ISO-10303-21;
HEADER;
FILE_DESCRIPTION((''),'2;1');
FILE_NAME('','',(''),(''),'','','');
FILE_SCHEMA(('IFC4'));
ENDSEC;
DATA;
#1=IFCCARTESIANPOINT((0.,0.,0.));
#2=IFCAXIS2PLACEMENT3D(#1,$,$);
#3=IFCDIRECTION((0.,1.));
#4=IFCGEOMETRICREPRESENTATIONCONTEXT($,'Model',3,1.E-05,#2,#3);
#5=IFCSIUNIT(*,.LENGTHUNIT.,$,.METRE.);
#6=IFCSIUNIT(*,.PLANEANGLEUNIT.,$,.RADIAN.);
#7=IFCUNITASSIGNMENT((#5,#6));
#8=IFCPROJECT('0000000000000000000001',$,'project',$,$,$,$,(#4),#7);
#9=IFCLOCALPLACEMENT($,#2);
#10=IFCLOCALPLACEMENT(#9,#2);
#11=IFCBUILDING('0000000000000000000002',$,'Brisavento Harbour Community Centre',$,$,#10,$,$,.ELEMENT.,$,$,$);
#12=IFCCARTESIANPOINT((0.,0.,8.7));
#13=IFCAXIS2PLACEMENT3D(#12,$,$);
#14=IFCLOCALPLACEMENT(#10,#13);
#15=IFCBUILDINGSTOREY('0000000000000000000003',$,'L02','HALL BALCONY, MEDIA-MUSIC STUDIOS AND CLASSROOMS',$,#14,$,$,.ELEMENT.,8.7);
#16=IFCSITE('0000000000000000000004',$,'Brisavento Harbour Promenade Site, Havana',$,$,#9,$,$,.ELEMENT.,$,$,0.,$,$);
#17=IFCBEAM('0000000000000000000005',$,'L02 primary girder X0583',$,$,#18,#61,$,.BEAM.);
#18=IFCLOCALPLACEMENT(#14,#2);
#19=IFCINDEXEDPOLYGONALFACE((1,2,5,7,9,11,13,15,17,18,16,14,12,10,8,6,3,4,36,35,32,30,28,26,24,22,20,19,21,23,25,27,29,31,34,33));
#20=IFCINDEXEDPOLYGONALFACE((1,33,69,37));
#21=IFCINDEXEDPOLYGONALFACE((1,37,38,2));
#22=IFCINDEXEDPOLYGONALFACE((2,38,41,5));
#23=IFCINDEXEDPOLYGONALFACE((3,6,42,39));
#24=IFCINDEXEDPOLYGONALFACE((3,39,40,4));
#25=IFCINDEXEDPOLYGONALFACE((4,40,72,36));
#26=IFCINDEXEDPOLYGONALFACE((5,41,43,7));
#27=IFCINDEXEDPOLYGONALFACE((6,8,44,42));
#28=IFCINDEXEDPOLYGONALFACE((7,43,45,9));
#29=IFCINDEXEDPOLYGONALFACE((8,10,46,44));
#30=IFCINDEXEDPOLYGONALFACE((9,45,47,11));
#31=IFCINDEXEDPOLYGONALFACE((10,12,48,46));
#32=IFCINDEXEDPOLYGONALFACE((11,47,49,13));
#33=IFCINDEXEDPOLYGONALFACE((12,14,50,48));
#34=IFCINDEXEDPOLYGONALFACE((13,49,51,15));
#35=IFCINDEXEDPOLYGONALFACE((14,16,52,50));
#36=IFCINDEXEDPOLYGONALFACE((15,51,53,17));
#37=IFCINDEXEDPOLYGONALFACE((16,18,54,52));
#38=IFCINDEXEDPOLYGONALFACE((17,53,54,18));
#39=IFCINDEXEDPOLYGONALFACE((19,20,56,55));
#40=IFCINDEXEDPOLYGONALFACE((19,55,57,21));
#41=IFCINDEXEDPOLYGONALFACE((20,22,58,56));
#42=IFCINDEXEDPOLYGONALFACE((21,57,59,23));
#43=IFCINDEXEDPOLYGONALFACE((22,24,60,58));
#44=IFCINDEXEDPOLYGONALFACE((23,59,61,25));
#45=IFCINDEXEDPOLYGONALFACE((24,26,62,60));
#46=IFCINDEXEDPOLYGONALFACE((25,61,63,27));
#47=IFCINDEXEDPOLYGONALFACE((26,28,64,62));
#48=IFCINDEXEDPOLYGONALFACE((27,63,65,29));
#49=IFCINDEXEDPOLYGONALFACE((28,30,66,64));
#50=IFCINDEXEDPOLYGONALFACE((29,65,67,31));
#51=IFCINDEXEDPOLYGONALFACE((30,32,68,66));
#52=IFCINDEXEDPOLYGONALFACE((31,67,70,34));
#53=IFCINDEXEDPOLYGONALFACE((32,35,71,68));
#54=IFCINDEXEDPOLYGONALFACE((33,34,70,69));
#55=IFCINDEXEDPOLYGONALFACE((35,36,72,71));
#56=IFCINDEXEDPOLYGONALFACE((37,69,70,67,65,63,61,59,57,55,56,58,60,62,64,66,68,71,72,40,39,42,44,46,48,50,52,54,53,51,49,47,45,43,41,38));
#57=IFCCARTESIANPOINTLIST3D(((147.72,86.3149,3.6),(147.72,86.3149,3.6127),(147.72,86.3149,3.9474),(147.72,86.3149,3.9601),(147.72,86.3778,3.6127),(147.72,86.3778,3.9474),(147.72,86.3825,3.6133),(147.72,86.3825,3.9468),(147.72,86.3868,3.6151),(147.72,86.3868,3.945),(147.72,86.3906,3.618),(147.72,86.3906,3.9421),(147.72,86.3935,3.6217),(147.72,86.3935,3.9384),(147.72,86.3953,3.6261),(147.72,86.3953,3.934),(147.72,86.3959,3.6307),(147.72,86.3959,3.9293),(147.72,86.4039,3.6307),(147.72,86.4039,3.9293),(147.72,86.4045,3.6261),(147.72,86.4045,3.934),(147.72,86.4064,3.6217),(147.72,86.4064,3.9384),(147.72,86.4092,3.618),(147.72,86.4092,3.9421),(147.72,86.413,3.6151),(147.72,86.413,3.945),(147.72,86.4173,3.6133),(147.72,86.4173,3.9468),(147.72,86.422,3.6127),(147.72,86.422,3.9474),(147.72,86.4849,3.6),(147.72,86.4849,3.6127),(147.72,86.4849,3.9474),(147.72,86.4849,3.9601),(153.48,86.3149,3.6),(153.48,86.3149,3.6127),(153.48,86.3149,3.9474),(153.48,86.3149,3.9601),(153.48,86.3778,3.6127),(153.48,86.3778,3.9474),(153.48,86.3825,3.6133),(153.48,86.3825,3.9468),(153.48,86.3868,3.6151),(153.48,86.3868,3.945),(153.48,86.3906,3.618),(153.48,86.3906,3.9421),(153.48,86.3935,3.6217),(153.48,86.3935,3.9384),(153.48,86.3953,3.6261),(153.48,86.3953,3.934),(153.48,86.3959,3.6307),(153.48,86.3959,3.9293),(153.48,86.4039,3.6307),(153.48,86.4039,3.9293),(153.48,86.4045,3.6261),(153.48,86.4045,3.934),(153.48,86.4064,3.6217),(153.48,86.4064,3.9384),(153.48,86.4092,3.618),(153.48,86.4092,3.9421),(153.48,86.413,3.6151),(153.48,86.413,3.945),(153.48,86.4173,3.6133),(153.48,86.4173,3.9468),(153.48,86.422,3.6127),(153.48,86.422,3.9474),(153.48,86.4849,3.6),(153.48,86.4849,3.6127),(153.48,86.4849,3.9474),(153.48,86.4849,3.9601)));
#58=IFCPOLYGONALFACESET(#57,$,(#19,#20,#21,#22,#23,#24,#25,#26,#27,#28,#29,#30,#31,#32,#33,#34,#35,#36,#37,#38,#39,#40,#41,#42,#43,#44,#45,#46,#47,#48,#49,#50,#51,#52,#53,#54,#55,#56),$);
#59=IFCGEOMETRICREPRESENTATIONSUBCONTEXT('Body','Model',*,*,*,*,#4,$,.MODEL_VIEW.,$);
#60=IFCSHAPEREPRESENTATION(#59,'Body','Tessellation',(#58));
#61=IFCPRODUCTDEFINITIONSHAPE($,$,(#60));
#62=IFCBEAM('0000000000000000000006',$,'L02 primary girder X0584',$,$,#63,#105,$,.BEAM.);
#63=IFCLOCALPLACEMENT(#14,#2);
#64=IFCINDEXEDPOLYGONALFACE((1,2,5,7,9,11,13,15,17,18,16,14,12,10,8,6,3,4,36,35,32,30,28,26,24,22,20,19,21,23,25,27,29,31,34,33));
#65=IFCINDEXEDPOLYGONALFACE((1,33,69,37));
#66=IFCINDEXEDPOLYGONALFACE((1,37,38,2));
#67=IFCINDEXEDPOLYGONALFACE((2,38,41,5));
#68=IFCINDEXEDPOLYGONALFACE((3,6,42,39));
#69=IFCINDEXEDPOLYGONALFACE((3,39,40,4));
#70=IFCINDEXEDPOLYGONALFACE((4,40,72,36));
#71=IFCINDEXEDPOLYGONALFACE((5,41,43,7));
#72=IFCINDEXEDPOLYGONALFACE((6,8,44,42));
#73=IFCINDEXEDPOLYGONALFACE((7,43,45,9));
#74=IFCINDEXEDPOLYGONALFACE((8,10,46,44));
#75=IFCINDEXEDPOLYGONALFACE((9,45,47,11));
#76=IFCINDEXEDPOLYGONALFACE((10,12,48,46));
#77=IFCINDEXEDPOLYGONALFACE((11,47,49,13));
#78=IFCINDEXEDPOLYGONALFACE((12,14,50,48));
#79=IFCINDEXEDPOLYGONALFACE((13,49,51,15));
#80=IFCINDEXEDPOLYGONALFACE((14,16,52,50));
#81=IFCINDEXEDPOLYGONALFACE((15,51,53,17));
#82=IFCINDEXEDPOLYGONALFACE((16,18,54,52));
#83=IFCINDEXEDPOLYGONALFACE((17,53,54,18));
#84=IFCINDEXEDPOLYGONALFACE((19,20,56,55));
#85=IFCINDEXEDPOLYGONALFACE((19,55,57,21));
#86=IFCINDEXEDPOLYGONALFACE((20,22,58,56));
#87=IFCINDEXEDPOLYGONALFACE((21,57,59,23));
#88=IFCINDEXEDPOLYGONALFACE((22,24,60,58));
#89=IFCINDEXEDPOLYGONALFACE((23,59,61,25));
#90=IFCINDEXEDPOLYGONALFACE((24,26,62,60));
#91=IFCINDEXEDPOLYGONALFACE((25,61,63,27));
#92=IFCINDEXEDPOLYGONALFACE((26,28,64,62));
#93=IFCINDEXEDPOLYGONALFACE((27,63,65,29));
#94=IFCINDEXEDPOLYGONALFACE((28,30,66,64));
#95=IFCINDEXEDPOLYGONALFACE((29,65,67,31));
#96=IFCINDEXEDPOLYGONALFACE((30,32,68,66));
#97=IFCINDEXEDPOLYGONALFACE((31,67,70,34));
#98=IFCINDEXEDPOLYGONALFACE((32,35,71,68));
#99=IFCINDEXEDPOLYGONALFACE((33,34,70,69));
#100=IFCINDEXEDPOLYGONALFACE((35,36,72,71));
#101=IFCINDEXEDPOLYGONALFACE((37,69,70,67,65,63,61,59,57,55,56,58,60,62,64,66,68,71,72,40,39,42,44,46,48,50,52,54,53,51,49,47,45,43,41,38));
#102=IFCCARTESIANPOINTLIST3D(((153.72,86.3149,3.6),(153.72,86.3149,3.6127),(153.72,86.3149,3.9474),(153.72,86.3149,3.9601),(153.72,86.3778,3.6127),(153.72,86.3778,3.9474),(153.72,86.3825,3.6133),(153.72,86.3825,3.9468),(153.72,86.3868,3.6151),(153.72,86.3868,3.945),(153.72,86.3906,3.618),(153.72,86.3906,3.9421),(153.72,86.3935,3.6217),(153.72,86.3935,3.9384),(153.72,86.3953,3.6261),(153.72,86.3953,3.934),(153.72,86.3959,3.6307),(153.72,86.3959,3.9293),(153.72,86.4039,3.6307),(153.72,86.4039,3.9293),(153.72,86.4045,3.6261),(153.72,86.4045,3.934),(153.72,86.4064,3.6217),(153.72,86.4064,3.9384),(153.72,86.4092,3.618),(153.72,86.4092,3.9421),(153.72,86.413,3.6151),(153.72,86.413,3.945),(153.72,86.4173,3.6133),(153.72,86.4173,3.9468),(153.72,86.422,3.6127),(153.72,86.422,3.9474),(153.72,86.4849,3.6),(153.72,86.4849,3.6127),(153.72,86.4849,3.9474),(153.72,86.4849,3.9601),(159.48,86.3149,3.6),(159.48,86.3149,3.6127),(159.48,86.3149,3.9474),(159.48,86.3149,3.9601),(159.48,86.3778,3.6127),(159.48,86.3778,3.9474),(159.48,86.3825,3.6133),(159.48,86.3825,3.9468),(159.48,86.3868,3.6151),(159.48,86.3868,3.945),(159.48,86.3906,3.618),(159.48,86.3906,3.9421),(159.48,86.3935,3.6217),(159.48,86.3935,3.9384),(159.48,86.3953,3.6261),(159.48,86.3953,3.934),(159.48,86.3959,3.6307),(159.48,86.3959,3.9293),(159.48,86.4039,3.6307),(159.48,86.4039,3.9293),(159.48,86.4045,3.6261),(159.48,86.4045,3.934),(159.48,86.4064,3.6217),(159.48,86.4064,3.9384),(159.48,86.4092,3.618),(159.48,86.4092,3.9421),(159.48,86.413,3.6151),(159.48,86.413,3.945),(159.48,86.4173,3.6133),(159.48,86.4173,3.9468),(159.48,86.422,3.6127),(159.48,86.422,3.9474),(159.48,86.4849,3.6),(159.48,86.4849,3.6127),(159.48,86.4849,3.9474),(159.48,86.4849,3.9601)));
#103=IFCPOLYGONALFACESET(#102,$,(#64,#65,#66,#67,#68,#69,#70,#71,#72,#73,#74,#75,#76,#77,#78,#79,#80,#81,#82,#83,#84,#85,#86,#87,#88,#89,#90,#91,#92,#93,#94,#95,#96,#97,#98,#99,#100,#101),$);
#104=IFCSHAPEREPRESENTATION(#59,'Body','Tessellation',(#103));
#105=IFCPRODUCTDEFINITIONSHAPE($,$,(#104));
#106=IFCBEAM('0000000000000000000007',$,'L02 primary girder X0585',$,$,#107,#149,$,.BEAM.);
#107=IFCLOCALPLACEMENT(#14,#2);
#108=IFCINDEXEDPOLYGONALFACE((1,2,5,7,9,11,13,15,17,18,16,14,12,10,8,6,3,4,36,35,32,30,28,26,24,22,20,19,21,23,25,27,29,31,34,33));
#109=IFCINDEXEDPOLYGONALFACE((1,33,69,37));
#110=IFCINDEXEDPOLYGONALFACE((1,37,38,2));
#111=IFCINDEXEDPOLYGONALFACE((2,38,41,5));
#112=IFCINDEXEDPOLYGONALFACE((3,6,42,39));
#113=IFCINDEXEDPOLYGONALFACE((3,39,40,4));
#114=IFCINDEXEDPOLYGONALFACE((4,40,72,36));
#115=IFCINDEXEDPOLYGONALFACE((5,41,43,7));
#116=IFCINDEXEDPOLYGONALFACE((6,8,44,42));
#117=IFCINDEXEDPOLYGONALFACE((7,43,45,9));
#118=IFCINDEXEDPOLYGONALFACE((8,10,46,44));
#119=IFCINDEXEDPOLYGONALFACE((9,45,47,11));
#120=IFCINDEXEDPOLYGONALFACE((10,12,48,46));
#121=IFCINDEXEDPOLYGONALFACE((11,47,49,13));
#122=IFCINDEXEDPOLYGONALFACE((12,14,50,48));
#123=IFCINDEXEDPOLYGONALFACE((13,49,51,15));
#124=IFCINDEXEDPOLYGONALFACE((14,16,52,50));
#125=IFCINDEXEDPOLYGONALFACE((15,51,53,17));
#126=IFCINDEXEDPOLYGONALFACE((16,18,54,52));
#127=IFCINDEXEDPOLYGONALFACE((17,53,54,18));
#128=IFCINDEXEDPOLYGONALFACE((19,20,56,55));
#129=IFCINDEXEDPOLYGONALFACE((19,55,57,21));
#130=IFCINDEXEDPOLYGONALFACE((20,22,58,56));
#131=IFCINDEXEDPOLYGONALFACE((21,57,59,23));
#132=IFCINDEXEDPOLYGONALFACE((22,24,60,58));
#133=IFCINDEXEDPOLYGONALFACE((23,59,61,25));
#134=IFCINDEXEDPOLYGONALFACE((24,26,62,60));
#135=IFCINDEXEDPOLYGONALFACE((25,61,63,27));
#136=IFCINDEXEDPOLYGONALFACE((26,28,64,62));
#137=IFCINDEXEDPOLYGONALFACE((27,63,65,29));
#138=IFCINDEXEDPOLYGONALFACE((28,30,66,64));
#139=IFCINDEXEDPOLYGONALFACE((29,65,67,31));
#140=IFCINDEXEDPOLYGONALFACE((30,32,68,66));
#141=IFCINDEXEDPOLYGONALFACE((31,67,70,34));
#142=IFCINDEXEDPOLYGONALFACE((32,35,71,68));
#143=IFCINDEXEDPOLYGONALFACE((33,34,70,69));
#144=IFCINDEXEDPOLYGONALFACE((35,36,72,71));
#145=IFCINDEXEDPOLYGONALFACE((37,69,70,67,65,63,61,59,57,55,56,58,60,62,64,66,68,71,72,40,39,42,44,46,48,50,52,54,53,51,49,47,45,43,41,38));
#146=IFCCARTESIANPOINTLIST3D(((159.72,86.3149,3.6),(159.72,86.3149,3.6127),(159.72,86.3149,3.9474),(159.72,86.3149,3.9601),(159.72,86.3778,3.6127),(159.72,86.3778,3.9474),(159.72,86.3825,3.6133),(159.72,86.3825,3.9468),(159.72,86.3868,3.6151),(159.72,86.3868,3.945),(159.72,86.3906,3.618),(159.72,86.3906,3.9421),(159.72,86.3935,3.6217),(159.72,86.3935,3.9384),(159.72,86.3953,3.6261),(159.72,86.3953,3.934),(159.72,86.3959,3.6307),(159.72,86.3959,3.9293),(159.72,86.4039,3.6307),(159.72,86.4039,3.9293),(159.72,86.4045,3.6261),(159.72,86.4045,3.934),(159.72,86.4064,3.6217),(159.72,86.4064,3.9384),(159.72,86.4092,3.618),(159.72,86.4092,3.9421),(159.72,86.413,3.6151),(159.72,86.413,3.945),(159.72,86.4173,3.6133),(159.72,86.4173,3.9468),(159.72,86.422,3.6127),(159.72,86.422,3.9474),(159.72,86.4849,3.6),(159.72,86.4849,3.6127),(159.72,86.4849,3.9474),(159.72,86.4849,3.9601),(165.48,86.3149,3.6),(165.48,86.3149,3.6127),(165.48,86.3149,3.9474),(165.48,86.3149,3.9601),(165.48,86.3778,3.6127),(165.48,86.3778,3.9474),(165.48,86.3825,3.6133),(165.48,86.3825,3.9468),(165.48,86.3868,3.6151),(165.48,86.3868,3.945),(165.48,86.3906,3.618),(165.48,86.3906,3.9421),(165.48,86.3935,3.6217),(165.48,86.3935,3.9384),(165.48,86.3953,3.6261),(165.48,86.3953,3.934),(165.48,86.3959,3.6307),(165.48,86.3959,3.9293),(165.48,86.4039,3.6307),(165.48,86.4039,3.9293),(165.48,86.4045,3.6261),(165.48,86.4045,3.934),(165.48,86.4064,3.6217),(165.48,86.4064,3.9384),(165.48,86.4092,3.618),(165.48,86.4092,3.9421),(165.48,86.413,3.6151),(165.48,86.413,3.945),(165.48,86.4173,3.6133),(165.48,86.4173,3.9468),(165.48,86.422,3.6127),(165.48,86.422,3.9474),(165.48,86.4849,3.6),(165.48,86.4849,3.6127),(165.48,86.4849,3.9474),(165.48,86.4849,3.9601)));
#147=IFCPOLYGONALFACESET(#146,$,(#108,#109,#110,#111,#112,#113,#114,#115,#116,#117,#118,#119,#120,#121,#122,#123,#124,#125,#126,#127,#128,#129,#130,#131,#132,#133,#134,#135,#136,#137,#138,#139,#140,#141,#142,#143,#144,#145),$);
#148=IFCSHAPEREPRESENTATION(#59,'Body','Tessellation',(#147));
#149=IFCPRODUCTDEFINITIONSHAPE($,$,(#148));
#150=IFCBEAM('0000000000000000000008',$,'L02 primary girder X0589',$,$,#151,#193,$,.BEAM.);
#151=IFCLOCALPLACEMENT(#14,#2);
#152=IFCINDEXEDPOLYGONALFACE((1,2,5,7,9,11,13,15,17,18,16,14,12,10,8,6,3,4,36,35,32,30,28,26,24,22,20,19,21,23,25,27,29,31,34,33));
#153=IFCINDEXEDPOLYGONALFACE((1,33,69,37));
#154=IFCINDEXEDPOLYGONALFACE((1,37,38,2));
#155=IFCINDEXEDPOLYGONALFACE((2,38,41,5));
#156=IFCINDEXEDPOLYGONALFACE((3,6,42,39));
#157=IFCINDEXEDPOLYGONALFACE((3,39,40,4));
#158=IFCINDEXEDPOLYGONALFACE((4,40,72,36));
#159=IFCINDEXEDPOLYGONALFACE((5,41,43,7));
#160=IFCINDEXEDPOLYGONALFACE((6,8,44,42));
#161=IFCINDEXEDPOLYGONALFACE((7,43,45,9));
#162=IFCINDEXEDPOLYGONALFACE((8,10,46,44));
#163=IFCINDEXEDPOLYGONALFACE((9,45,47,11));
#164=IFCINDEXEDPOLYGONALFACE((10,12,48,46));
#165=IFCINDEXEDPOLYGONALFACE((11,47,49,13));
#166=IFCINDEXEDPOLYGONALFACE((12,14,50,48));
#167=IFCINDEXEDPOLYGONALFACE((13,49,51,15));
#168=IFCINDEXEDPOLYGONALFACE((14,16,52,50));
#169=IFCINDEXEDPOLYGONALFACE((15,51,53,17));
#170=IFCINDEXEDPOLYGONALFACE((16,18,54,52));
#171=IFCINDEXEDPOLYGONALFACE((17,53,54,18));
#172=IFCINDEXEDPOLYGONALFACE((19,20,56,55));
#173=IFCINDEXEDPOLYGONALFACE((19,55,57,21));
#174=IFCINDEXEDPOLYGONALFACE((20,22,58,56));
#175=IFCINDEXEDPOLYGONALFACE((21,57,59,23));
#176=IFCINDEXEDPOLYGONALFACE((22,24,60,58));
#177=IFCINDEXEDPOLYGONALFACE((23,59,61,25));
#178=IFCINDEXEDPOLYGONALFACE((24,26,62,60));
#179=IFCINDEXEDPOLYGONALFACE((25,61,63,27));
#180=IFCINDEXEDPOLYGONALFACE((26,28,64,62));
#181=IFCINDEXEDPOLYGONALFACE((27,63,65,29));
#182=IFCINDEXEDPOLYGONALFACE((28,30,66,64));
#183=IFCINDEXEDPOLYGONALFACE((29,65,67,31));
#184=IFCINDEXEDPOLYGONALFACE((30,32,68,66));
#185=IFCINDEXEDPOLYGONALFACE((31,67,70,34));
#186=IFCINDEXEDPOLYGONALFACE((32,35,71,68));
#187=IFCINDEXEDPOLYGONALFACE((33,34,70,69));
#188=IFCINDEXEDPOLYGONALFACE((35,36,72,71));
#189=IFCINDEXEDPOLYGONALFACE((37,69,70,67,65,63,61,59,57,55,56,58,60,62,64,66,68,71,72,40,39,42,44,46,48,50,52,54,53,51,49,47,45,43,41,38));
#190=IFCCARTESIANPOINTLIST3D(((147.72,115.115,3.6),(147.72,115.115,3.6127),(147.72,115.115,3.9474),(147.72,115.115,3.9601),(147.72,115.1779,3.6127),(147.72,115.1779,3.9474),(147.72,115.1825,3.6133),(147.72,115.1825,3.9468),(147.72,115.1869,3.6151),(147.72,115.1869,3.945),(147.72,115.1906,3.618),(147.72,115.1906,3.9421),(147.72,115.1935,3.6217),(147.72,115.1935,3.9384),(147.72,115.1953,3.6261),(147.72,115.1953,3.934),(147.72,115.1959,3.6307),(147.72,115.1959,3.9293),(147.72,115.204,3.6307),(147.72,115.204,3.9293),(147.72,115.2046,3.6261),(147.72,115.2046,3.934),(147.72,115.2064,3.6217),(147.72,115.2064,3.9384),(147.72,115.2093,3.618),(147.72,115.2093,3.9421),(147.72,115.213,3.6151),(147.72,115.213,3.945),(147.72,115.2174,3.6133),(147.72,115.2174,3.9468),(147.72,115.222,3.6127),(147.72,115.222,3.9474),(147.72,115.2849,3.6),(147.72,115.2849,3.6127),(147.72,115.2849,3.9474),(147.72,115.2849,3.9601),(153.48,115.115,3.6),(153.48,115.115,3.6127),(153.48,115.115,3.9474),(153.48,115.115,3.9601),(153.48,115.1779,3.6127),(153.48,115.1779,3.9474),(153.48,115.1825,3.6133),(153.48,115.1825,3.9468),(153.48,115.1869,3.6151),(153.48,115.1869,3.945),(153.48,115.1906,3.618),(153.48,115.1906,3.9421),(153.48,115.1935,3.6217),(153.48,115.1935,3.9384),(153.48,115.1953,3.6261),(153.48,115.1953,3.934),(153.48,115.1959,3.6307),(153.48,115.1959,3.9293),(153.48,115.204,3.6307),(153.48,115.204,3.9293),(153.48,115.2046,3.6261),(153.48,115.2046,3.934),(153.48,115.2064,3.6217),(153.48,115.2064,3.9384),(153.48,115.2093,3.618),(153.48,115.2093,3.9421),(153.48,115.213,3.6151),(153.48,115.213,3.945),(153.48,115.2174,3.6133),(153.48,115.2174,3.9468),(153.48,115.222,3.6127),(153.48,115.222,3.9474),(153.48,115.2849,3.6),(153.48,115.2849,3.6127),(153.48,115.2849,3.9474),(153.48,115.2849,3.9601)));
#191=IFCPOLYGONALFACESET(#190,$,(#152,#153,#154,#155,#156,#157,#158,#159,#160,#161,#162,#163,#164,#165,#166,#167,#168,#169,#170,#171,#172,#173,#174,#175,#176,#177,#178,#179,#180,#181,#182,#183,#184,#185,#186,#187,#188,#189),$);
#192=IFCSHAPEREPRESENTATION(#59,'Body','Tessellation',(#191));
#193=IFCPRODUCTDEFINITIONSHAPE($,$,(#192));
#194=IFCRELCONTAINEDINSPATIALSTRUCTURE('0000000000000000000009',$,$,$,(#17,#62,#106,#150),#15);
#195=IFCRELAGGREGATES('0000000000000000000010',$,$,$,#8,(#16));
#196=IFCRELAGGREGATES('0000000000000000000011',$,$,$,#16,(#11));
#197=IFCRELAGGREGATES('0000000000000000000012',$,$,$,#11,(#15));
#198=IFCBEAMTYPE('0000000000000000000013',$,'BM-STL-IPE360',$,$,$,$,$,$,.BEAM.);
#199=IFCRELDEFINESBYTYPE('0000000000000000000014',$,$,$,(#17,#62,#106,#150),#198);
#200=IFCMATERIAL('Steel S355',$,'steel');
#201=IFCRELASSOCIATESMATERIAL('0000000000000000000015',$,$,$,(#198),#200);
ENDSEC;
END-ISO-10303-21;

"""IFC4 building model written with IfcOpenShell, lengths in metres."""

from ifc_helpers import new_model, si_unit, direction, frame, origin, origin_2d, place, context, subcontext, project, spatial, i_section, extrude, material, material_profile, profile_set, type_object, element, save


model = new_model("IFC4")

# Units and contexts
model_context = context("Model", 3, precision=1e-05, world=origin(), true_north=direction((0.0, 1.0)))
body_context = subcontext(model_context, "Body", "Model", "MODEL_VIEW")
ifc_project = project(units=[si_unit("LENGTHUNIT", "METRE"), si_unit("PLANEANGLEUNIT", "RADIAN")], contexts=[model_context])

# Site, building, storey
site_placement = place(None, origin())
site = spatial("IfcSite", under=ifc_project, at=site_placement, Name="Brisavento Harbour Promenade Site, Havana", CompositionType="ELEMENT", RefElevation=0.0)
building_placement = place(site_placement, origin())
building = spatial("IfcBuilding", under=site, at=building_placement, Name="Brisavento Harbour Community Centre", CompositionType="ELEMENT")
storey_placement = place(building_placement, frame((0.0, 0.0, 8.7)))
storey = spatial("IfcBuildingStorey", under=building, at=storey_placement, Name="L02", Description="HALL BALCONY, MEDIA-MUSIC STUDIOS AND CLASSROOMS", CompositionType="ELEMENT", Elevation=8.7)

# Shared definitions
ifc_material_1 = material(Name="Steel S355", Category="steel")

# Beams
ifc_material_profile_1 = material_profile(ifc_material_1, i_section(OverallWidth=0.1699, OverallDepth=0.3601, WebThickness=0.0081, FlangeThickness=0.0127, FilletRadius=0.0181, at=origin_2d()), Name="Steel S355")
ifc_profile_set_1 = profile_set([ifc_material_profile_1], Name="Steel S355")
beam_type_1 = type_object("IfcBeamType", Name="BM-STL-IPE360", PredefinedType="BEAM", material=ifc_profile_set_1)
for number, where, z_axis, x_axis, name in (
    (1, (147.72, 86.3999, 3.78), (1.0, 0.0, 0.0), (0.0, 1.0, 0.0), "L02 primary girder X0583"),
    (2, (153.72, 86.3999, 3.78), (1.0, 0.0, 0.0), (0.0, 1.0, 0.0), "L02 primary girder X0584"),
    (3, (159.72, 86.3999, 3.78), (1.0, 0.0, 0.0), (0.0, 1.0, 0.0), "L02 primary girder X0585"),
    (4, (147.72, 115.2, 3.78), (1.0, 0.0, 0.0), (0.0, 1.0, 0.0), "L02 primary girder X0589"),
):
    element("IfcBeam", number, at=place(storey_placement, frame(where, z_axis=z_axis, x_axis=x_axis)), inside=storey, type_object=beam_type_1, Name=name, PredefinedType="BEAM", context=body_context, shape_type="SweptSolid", body=[
        extrude(i_section(OverallWidth=0.1699, OverallDepth=0.3601, WebThickness=0.0081, FlangeThickness=0.0127, FilletRadius=0.0181, at=origin_2d()), origin(), (0.0, 0.0, 1.0), 5.76),
    ])

save(model, "model.ifc")
